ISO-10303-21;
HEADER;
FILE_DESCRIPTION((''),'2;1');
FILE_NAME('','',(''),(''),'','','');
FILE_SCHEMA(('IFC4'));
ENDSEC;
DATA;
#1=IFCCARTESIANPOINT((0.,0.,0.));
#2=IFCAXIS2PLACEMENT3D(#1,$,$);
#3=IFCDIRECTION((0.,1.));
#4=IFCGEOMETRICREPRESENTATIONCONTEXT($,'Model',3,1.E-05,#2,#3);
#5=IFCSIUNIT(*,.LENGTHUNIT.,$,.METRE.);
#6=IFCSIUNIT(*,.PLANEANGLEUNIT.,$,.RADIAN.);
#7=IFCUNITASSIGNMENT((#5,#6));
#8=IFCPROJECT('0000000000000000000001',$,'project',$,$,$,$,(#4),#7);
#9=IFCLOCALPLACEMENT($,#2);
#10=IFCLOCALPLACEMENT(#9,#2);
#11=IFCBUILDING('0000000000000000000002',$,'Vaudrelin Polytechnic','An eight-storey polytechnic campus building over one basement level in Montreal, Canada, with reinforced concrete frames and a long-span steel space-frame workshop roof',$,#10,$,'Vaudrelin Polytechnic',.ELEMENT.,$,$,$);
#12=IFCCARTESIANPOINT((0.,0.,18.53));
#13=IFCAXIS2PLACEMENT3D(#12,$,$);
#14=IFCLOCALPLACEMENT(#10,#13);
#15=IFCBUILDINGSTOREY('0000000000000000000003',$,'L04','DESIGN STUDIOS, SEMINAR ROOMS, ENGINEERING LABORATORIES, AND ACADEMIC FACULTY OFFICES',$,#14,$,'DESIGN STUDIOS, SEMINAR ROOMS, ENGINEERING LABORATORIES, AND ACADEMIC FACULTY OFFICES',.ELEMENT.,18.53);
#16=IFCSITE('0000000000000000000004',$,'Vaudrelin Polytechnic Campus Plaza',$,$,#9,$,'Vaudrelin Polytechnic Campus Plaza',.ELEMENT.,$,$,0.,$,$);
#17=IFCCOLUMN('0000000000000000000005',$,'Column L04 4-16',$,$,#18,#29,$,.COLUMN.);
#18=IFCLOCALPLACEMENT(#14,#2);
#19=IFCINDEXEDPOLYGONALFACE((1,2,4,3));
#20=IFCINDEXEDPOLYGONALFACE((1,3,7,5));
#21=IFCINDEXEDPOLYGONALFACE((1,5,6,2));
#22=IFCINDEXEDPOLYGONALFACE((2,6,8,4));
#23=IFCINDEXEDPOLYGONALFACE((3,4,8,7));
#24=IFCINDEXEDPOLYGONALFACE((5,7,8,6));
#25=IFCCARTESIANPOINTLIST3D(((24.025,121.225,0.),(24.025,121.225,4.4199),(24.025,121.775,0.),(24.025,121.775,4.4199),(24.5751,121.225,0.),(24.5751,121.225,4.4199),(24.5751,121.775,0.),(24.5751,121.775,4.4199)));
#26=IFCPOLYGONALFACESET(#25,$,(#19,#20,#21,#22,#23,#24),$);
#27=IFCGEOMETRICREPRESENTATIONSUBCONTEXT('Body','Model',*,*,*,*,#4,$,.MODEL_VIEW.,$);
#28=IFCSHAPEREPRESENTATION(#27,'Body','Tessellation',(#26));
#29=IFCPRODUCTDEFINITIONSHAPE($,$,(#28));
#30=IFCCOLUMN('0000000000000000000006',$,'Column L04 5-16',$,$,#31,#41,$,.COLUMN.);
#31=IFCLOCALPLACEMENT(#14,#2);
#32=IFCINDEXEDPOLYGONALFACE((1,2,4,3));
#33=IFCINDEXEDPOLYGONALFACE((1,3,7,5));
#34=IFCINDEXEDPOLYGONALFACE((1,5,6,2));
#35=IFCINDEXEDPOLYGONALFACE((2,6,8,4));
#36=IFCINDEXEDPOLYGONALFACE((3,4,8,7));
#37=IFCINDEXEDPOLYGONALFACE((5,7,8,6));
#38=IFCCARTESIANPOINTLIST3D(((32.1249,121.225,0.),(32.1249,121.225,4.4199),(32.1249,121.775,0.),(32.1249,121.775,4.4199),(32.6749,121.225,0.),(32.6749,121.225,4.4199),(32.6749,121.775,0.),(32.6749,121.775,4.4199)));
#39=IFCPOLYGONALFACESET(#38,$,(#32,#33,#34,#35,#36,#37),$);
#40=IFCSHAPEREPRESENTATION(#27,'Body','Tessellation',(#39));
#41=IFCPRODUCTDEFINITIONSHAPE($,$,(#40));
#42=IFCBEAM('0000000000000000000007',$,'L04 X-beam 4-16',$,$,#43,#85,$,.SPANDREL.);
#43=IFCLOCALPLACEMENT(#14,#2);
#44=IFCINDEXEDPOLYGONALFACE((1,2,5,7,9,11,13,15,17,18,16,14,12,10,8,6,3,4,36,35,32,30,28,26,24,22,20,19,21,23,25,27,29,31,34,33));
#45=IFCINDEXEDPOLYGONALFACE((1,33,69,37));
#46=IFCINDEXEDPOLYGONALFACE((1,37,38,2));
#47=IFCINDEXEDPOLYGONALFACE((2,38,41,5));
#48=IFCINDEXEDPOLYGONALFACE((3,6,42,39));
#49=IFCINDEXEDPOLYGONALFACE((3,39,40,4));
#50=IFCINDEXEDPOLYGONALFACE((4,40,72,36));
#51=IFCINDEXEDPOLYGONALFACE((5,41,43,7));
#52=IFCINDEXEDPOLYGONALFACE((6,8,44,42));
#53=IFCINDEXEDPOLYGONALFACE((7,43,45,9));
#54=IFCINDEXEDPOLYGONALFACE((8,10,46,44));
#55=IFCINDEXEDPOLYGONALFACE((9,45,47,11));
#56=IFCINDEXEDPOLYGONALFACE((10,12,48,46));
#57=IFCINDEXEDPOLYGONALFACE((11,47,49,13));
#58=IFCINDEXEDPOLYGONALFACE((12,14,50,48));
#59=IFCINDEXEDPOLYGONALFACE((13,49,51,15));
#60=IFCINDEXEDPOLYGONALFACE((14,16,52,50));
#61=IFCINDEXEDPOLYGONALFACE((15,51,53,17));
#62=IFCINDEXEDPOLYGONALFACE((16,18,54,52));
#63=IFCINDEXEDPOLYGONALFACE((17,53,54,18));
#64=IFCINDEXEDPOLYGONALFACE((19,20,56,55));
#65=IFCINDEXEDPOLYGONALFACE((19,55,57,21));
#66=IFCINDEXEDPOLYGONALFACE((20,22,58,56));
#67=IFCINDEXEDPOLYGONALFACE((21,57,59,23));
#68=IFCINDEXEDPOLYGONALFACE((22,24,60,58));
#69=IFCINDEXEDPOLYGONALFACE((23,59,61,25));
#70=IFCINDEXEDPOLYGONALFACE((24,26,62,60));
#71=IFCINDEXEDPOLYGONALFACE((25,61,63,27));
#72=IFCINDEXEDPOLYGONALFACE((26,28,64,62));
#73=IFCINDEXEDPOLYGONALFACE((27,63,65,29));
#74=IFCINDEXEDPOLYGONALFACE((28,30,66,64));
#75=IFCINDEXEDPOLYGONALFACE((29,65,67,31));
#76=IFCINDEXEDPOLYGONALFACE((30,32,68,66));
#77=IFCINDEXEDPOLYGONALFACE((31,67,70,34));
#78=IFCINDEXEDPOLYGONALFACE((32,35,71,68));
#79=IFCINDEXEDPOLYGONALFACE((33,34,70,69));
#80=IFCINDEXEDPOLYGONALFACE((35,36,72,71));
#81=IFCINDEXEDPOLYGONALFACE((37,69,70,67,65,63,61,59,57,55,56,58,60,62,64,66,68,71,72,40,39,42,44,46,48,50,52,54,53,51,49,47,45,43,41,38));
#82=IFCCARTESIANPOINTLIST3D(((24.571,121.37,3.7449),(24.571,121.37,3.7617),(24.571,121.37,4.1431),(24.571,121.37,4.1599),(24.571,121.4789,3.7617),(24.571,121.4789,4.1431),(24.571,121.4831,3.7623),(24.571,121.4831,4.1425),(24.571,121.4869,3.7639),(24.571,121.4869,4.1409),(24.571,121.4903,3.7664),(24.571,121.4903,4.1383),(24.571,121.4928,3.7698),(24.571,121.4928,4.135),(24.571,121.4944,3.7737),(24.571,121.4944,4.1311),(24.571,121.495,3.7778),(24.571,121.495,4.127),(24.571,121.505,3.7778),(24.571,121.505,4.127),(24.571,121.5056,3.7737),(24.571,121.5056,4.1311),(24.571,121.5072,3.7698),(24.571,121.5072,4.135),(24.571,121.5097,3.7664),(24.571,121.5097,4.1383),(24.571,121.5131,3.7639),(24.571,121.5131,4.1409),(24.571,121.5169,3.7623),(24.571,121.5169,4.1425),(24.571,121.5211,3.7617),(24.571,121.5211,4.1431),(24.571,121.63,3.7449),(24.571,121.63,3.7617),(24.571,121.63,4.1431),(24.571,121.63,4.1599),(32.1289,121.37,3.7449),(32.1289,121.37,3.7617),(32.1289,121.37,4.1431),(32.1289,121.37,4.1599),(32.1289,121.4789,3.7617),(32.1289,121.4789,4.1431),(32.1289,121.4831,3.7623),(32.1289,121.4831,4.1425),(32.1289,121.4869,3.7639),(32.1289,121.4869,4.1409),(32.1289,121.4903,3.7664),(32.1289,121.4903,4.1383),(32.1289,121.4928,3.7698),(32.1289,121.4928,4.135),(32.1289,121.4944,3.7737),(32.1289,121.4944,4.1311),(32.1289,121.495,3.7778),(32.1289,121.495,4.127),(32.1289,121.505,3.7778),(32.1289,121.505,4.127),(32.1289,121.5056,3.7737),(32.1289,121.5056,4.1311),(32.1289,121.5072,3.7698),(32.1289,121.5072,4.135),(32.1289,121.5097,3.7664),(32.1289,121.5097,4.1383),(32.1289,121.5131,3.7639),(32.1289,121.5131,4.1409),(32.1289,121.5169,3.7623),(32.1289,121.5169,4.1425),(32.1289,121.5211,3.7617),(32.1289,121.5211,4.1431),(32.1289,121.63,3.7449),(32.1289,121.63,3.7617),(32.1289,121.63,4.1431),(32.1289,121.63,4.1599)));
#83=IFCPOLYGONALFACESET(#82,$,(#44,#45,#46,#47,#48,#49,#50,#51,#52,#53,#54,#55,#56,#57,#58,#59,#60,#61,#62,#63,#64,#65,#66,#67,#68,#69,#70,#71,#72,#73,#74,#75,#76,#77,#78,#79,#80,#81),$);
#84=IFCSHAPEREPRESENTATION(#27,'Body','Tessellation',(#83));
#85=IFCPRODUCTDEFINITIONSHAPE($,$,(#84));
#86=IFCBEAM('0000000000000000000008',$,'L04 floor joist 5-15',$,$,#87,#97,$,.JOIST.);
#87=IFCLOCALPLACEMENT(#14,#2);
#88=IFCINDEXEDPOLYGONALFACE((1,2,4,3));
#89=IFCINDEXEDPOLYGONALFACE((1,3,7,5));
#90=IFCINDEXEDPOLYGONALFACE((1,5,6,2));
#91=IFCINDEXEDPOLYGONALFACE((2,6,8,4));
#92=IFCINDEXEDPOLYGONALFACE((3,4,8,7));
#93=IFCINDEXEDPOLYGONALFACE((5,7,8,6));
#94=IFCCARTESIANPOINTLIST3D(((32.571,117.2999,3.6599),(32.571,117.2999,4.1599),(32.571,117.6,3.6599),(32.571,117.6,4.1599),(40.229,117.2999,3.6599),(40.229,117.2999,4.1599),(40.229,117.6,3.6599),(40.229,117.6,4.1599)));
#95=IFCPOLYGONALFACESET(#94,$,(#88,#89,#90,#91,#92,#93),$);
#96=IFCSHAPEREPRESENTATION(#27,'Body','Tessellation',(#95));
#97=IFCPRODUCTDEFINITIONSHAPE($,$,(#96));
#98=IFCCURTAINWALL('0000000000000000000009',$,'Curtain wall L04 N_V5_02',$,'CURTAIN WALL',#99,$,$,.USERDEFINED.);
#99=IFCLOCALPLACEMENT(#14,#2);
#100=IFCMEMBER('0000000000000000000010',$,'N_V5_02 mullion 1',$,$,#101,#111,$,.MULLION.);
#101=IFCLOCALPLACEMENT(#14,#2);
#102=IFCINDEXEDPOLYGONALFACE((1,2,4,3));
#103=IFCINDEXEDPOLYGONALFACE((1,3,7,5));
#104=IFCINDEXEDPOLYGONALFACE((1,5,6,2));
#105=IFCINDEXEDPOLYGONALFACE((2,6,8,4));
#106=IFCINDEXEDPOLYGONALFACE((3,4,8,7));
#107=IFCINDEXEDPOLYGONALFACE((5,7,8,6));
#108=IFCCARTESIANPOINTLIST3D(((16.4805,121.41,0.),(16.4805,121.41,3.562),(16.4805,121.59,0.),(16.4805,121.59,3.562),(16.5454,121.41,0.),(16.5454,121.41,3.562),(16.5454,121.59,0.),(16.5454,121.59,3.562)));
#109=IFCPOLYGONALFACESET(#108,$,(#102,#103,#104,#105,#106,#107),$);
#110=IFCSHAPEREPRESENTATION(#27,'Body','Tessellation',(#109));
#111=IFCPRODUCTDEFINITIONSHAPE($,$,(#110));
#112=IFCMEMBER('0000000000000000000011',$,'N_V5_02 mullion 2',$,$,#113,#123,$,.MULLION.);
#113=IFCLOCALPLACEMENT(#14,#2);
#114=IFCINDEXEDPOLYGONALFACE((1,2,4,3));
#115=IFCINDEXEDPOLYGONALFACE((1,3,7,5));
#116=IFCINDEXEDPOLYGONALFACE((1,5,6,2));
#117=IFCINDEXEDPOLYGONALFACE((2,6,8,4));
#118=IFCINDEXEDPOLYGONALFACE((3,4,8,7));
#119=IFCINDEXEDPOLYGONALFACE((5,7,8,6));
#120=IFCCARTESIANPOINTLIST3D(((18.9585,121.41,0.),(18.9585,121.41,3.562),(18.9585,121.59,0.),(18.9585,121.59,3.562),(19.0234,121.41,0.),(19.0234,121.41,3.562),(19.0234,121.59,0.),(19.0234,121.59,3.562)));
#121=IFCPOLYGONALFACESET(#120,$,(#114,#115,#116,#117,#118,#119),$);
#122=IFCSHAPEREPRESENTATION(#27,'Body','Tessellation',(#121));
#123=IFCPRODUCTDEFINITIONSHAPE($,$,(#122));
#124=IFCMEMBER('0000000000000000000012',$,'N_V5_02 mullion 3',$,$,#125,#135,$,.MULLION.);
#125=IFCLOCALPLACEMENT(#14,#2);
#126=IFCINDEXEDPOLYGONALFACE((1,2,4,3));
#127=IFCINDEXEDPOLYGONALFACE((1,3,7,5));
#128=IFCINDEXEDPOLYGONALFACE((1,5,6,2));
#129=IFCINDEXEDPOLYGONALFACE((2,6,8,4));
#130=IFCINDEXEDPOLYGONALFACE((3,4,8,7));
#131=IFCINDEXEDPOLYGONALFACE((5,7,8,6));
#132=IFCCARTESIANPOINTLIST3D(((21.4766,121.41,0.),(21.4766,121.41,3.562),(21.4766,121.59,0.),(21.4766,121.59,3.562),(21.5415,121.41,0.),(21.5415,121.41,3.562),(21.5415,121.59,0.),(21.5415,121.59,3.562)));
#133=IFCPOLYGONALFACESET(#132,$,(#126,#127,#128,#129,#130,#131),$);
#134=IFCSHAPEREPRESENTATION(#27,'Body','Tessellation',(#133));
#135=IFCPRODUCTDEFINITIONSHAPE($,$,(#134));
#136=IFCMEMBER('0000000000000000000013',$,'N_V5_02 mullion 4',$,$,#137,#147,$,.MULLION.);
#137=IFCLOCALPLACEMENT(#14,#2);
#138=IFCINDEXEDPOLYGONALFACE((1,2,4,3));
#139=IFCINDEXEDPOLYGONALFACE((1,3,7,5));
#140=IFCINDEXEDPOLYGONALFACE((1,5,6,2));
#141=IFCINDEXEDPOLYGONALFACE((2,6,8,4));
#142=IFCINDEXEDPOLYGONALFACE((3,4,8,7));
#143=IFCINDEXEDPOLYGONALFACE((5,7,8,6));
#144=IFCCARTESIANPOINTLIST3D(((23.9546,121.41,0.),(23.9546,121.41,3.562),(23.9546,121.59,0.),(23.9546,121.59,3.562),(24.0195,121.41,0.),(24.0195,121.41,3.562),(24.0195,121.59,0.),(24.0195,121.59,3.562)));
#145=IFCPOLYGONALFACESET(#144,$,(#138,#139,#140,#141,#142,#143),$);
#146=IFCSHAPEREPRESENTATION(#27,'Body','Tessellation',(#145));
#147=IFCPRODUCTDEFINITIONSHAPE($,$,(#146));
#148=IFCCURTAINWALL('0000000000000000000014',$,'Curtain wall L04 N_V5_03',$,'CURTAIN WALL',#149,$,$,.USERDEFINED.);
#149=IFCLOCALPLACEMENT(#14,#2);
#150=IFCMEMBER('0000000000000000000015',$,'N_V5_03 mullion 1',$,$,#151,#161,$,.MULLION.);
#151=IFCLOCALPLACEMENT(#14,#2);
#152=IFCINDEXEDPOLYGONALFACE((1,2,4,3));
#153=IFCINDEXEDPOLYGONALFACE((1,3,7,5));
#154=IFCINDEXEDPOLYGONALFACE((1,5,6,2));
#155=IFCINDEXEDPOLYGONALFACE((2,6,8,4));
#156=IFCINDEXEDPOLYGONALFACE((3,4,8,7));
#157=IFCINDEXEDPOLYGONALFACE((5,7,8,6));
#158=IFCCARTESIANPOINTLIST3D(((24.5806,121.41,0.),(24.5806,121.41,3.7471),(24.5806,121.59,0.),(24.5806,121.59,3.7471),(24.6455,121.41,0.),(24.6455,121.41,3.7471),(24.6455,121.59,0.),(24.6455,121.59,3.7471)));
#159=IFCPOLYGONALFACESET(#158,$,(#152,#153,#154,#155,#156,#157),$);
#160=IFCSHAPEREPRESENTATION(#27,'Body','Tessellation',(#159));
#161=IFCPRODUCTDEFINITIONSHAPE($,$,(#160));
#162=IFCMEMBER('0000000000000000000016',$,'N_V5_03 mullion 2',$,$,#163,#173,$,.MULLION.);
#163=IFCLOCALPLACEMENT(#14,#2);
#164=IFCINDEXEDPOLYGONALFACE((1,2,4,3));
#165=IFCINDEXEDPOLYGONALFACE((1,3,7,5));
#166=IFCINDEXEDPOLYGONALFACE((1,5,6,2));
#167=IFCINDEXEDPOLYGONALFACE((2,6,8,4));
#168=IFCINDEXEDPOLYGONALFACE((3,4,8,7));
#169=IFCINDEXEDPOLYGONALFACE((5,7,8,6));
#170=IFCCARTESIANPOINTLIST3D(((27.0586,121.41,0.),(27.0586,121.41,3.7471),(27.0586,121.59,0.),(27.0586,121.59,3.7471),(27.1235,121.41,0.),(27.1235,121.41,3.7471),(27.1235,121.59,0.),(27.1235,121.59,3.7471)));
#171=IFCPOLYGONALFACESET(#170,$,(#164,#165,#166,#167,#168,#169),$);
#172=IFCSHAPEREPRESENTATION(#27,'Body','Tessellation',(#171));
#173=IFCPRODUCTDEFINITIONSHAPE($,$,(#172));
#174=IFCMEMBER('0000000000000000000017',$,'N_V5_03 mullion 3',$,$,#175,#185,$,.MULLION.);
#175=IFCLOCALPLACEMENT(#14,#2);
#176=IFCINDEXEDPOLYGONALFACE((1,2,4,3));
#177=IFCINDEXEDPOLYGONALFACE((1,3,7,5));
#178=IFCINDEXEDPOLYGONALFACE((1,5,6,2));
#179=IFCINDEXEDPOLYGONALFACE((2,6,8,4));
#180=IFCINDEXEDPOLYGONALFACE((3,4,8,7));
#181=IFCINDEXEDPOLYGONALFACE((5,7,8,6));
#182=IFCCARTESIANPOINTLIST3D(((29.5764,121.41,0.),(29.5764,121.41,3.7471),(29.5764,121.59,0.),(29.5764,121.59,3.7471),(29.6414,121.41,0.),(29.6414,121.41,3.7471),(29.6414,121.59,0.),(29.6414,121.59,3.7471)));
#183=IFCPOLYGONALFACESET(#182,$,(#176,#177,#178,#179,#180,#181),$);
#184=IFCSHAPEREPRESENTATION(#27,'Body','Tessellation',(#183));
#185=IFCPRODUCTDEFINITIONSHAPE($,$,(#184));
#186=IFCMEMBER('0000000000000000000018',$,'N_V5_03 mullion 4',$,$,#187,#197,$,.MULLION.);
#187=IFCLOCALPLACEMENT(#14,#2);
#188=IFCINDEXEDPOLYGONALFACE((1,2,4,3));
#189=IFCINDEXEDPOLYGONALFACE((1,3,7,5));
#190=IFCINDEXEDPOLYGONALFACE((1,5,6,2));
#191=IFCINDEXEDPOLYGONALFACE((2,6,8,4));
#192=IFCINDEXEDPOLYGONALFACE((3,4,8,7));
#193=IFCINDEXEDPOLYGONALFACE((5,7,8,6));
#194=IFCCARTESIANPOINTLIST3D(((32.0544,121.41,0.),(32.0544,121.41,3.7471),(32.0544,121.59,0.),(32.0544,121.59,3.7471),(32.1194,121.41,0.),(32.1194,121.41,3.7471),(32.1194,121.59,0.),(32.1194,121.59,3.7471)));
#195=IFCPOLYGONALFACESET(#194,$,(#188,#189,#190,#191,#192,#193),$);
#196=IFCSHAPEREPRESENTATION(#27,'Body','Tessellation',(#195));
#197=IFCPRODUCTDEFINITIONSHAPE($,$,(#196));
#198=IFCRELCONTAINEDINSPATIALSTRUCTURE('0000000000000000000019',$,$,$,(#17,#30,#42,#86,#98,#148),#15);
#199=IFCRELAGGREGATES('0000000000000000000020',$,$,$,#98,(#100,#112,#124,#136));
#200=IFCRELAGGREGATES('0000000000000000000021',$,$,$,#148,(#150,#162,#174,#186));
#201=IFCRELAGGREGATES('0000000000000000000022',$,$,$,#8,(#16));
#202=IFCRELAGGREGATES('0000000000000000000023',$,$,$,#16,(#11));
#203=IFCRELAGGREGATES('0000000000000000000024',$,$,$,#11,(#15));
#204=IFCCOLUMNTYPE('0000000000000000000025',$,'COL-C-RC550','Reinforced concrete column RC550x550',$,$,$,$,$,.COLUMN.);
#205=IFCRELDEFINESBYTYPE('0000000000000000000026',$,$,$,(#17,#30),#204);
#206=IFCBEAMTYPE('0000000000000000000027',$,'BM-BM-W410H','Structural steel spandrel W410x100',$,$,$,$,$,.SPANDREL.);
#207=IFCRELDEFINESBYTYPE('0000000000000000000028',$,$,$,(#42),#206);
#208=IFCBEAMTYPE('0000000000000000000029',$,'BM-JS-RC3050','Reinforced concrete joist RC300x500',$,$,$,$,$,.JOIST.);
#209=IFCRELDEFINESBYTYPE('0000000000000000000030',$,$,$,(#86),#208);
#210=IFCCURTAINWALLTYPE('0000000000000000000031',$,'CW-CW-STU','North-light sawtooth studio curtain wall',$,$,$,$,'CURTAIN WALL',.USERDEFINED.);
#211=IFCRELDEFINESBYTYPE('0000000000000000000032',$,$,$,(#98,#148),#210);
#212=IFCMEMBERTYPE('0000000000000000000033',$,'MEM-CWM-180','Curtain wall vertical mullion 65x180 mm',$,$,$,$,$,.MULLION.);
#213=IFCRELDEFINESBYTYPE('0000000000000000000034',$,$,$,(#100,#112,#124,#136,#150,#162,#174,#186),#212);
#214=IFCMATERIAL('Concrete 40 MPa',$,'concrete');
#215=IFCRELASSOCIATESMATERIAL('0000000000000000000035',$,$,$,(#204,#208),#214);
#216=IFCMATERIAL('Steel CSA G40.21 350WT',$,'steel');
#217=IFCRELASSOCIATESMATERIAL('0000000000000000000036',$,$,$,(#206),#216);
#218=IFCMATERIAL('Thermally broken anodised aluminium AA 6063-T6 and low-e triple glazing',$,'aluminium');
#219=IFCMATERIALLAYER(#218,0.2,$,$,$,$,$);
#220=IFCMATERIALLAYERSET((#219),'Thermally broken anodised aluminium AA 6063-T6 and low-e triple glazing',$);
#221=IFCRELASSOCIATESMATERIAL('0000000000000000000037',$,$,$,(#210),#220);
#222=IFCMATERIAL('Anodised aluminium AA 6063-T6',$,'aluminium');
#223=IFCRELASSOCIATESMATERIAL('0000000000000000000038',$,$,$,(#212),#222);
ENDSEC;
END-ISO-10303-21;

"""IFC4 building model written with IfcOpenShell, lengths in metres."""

from ifc_helpers import new_model, si_unit, direction, frame, origin, origin_2d, place, context, subcontext, project, spatial, rectangle, i_section, extrude, material, layer, layer_set, material_profile, profile_set, type_object, element, aggregate, save


model = new_model("IFC4")

# Units and contexts
model_context = context("Model", 3, precision=1e-05, world=origin(), true_north=direction((0.0, 1.0)))
body_context = subcontext(model_context, "Body", "Model", "MODEL_VIEW")
ifc_project = project(units=[si_unit("LENGTHUNIT", "METRE"), si_unit("PLANEANGLEUNIT", "RADIAN")], contexts=[model_context])

# Site, building, storey
site_placement = place(None, origin())
site = spatial("IfcSite", under=ifc_project, at=site_placement, Name="Vaudrelin Polytechnic Campus Plaza", LongName="Vaudrelin Polytechnic Campus Plaza", CompositionType="ELEMENT", RefElevation=0.0)
building_placement = place(site_placement, origin())
building = spatial("IfcBuilding", under=site, at=building_placement, Name="Vaudrelin Polytechnic", Description="An eight-storey polytechnic campus building over one basement level in Montreal, Canada, with reinforced concrete frames and a long-span steel space-frame workshop roof", LongName="Vaudrelin Polytechnic", CompositionType="ELEMENT")
storey_placement = place(building_placement, frame((0.0, 0.0, 18.53)))
storey = spatial("IfcBuildingStorey", under=building, at=storey_placement, Name="L04", Description="DESIGN STUDIOS, SEMINAR ROOMS, ENGINEERING LABORATORIES, AND ACADEMIC FACULTY OFFICES", LongName="DESIGN STUDIOS, SEMINAR ROOMS, ENGINEERING LABORATORIES, AND ACADEMIC FACULTY OFFICES", CompositionType="ELEMENT", Elevation=18.53)

# Columns
ifc_material_1 = material(Name="Concrete 40 MPa", Category="concrete")
ifc_material_profile_1 = material_profile(ifc_material_1, rectangle(XDim=0.55, YDim=0.55, at=origin_2d()), Name="RC550x550")
ifc_profile_set_1 = profile_set([ifc_material_profile_1], Name="Concrete 40 MPa")
column_type = type_object("IfcColumnType", Name="COL-C-RC550", Description="Reinforced concrete column RC550x550", PredefinedType="COLUMN", material=ifc_profile_set_1)
for number, where, z_axis, x_axis, name in (
    (1, (24.3, 121.5, 0.0), (0.0, 0.0, 1.0), (1.0, 0.0, 0.0), "Column L04 4-16"),
    (2, (32.3999, 121.5, 0.0), (0.0, 0.0, 1.0), (1.0, 0.0, 0.0), "Column L04 5-16"),
):
    element("IfcColumn", number, at=place(storey_placement, frame(where, z_axis=z_axis, x_axis=x_axis)), inside=storey, type_object=column_type, Name=name, PredefinedType="COLUMN", context=body_context, shape_type="SweptSolid", body=[
        extrude(rectangle(XDim=0.55, YDim=0.55, at=origin_2d()), origin(), (0.0, 0.0, 1.0), 4.4199),
    ])

# Beams
ifc_material_2 = material(Name="Steel CSA G40.21 350WT", Category="steel")
ifc_material_profile_2 = material_profile(ifc_material_2, i_section(OverallWidth=0.26, OverallDepth=0.415, WebThickness=0.01, FlangeThickness=0.0168, FilletRadius=0.0161, at=origin_2d()), Name="W410x100")
ifc_profile_set_2 = profile_set([ifc_material_profile_2], Name="Steel CSA G40.21 350WT")
beam_type_1 = type_object("IfcBeamType", Name="BM-BM-W410H", Description="Structural steel spandrel W410x100", PredefinedType="SPANDREL", material=ifc_profile_set_2)
beam_1_placement = place(storey_placement, frame((24.571, 121.5, 3.9524), z_axis=(1.0, 0.0, 0.0), x_axis=(0.0, 1.0, 0.0)))
element("IfcBeam", 3, at=beam_1_placement, inside=storey, type_object=beam_type_1, Name="L04 X-beam 4-16", PredefinedType="SPANDREL", context=body_context, shape_type="SweptSolid", body=[
    extrude(i_section(OverallWidth=0.26, OverallDepth=0.415, WebThickness=0.01, FlangeThickness=0.0168, FilletRadius=0.0161, at=origin_2d()), origin(), (0.0, 0.0, 1.0), 7.5579),
])
ifc_material_profile_3 = material_profile(ifc_material_1, rectangle(XDim=0.3, YDim=0.5, at=origin_2d()), Name="RC300x500")
ifc_profile_set_3 = profile_set([ifc_material_profile_3], Name="Concrete 40 MPa")
beam_type_2 = type_object("IfcBeamType", Name="BM-JS-RC3050", Description="Reinforced concrete joist RC300x500", PredefinedType="JOIST", material=ifc_profile_set_3)
beam_2_placement = place(storey_placement, frame((32.571, 117.45, 3.9099), z_axis=(1.0, 0.0, 0.0), x_axis=(0.0, 1.0, 0.0)))
element("IfcBeam", 4, at=beam_2_placement, inside=storey, type_object=beam_type_2, Name="L04 floor joist 5-15", PredefinedType="JOIST", context=body_context, shape_type="SweptSolid", body=[
    extrude(rectangle(XDim=0.3, YDim=0.5, at=origin_2d()), origin(), (0.0, 0.0, 1.0), 7.658),
])

# Curtain walls, members
ifc_material_3 = material(Name="Thermally broken anodised aluminium AA 6063-T6 and low-e triple glazing", Category="aluminium")
ifc_layer_1 = layer(ifc_material_3, 0.2)
ifc_layer_set_1 = layer_set([ifc_layer_1], Name="Thermally broken anodised aluminium AA 6063-T6 and low-e triple glazing")
curtain_wall_type = type_object("IfcCurtainWallType", Name="CW-CW-STU", Description="North-light sawtooth studio curtain wall", ElementType="CURTAIN WALL", PredefinedType="USERDEFINED", material=ifc_layer_set_1)
curtain_wall_1_placement = place(storey_placement, origin())
curtain_wall_1 = element("IfcCurtainWall", 5, at=curtain_wall_1_placement, inside=storey, type_object=curtain_wall_type, Name="Curtain wall L04 N_V5_02", ObjectType="CURTAIN WALL", PredefinedType="USERDEFINED")
ifc_material_4 = material(Name="Anodised aluminium AA 6063-T6", Category="aluminium")
ifc_material_profile_4 = material_profile(ifc_material_4, rectangle(XDim=0.0649, YDim=0.1799, at=origin_2d()), Name="CWM-65x180")
ifc_profile_set_4 = profile_set([ifc_material_profile_4], Name="Anodised aluminium AA 6063-T6")
member_type_1 = type_object("IfcMemberType", Name="MEM-CWM-180", Description="Curtain wall vertical mullion 65x180 mm", PredefinedType="MULLION", material=ifc_profile_set_4)
member_1_placement = place(storey_placement, frame((16.5129, 121.5, 0.0), z_axis=(0.0, 0.0, 1.0), x_axis=(1.0, 0.0, 0.0)))
member_1 = element("IfcMember", 6, at=member_1_placement, type_object=member_type_1, Name="N_V5_02 mullion 1", PredefinedType="MULLION", context=body_context, shape_type="SweptSolid", body=[
    extrude(rectangle(XDim=0.0649, YDim=0.1799, at=origin_2d()), origin(), (0.0, 0.0, 1.0), 3.562),
])
member_2_placement = place(storey_placement, frame((18.991, 121.5, 0.0), z_axis=(0.0, 0.0, 1.0), x_axis=(1.0, 0.0, 0.0)))
member_2 = element("IfcMember", 7, at=member_2_placement, type_object=member_type_1, Name="N_V5_02 mullion 2", PredefinedType="MULLION", context=body_context, shape_type="SweptSolid", body=[
    extrude(rectangle(XDim=0.0649, YDim=0.1799, at=origin_2d()), origin(), (0.0, 0.0, 1.0), 3.562),
])
member_3_placement = place(storey_placement, frame((21.509, 121.5, 0.0), z_axis=(0.0, 0.0, 1.0), x_axis=(1.0, 0.0, 0.0)))
member_3 = element("IfcMember", 8, at=member_3_placement, type_object=member_type_1, Name="N_V5_02 mullion 3", PredefinedType="MULLION", context=body_context, shape_type="SweptSolid", body=[
    extrude(rectangle(XDim=0.0649, YDim=0.1799, at=origin_2d()), origin(), (0.0, 0.0, 1.0), 3.562),
])
member_4_placement = place(storey_placement, frame((23.9871, 121.5, 0.0), z_axis=(0.0, 0.0, 1.0), x_axis=(1.0, 0.0, 0.0)))
member_4 = element("IfcMember", 9, at=member_4_placement, type_object=member_type_1, Name="N_V5_02 mullion 4", PredefinedType="MULLION", context=body_context, shape_type="SweptSolid", body=[
    extrude(rectangle(XDim=0.0649, YDim=0.1799, at=origin_2d()), origin(), (0.0, 0.0, 1.0), 3.562),
])
curtain_wall_2_placement = place(storey_placement, origin())
curtain_wall_2 = element("IfcCurtainWall", 10, at=curtain_wall_2_placement, inside=storey, type_object=curtain_wall_type, Name="Curtain wall L04 N_V5_03", ObjectType="CURTAIN WALL", PredefinedType="USERDEFINED")
member_5_placement = place(storey_placement, frame((24.613, 121.5, 0.0), z_axis=(0.0, 0.0, 1.0), x_axis=(1.0, 0.0, 0.0)))
member_5 = element("IfcMember", 11, at=member_5_placement, type_object=member_type_1, Name="N_V5_03 mullion 1", PredefinedType="MULLION", context=body_context, shape_type="SweptSolid", body=[
    extrude(rectangle(XDim=0.0649, YDim=0.1799, at=origin_2d()), origin(), (0.0, 0.0, 1.0), 3.7471),
])
member_6_placement = place(storey_placement, frame((27.0911, 121.5, 0.0), z_axis=(0.0, 0.0, 1.0), x_axis=(1.0, 0.0, 0.0)))
member_6 = element("IfcMember", 12, at=member_6_placement, type_object=member_type_1, Name="N_V5_03 mullion 2", PredefinedType="MULLION", context=body_context, shape_type="SweptSolid", body=[
    extrude(rectangle(XDim=0.0649, YDim=0.1799, at=origin_2d()), origin(), (0.0, 0.0, 1.0), 3.7471),
])
member_7_placement = place(storey_placement, frame((29.6089, 121.5, 0.0), z_axis=(0.0, 0.0, 1.0), x_axis=(1.0, 0.0, 0.0)))
member_7 = element("IfcMember", 13, at=member_7_placement, type_object=member_type_1, Name="N_V5_03 mullion 3", PredefinedType="MULLION", context=body_context, shape_type="SweptSolid", body=[
    extrude(rectangle(XDim=0.0649, YDim=0.1799, at=origin_2d()), origin(), (0.0, 0.0, 1.0), 3.7471),
])
member_8_placement = place(storey_placement, frame((32.0869, 121.5, 0.0), z_axis=(0.0, 0.0, 1.0), x_axis=(1.0, 0.0, 0.0)))
member_8 = element("IfcMember", 14, at=member_8_placement, type_object=member_type_1, Name="N_V5_03 mullion 4", PredefinedType="MULLION", context=body_context, shape_type="SweptSolid", body=[
    extrude(rectangle(XDim=0.0649, YDim=0.1799, at=origin_2d()), origin(), (0.0, 0.0, 1.0), 3.7471),
])

aggregate(curtain_wall_1, [member_1, member_2, member_3, member_4])
aggregate(curtain_wall_2, [member_5, member_6, member_7, member_8])

save(model, "model.ifc")
